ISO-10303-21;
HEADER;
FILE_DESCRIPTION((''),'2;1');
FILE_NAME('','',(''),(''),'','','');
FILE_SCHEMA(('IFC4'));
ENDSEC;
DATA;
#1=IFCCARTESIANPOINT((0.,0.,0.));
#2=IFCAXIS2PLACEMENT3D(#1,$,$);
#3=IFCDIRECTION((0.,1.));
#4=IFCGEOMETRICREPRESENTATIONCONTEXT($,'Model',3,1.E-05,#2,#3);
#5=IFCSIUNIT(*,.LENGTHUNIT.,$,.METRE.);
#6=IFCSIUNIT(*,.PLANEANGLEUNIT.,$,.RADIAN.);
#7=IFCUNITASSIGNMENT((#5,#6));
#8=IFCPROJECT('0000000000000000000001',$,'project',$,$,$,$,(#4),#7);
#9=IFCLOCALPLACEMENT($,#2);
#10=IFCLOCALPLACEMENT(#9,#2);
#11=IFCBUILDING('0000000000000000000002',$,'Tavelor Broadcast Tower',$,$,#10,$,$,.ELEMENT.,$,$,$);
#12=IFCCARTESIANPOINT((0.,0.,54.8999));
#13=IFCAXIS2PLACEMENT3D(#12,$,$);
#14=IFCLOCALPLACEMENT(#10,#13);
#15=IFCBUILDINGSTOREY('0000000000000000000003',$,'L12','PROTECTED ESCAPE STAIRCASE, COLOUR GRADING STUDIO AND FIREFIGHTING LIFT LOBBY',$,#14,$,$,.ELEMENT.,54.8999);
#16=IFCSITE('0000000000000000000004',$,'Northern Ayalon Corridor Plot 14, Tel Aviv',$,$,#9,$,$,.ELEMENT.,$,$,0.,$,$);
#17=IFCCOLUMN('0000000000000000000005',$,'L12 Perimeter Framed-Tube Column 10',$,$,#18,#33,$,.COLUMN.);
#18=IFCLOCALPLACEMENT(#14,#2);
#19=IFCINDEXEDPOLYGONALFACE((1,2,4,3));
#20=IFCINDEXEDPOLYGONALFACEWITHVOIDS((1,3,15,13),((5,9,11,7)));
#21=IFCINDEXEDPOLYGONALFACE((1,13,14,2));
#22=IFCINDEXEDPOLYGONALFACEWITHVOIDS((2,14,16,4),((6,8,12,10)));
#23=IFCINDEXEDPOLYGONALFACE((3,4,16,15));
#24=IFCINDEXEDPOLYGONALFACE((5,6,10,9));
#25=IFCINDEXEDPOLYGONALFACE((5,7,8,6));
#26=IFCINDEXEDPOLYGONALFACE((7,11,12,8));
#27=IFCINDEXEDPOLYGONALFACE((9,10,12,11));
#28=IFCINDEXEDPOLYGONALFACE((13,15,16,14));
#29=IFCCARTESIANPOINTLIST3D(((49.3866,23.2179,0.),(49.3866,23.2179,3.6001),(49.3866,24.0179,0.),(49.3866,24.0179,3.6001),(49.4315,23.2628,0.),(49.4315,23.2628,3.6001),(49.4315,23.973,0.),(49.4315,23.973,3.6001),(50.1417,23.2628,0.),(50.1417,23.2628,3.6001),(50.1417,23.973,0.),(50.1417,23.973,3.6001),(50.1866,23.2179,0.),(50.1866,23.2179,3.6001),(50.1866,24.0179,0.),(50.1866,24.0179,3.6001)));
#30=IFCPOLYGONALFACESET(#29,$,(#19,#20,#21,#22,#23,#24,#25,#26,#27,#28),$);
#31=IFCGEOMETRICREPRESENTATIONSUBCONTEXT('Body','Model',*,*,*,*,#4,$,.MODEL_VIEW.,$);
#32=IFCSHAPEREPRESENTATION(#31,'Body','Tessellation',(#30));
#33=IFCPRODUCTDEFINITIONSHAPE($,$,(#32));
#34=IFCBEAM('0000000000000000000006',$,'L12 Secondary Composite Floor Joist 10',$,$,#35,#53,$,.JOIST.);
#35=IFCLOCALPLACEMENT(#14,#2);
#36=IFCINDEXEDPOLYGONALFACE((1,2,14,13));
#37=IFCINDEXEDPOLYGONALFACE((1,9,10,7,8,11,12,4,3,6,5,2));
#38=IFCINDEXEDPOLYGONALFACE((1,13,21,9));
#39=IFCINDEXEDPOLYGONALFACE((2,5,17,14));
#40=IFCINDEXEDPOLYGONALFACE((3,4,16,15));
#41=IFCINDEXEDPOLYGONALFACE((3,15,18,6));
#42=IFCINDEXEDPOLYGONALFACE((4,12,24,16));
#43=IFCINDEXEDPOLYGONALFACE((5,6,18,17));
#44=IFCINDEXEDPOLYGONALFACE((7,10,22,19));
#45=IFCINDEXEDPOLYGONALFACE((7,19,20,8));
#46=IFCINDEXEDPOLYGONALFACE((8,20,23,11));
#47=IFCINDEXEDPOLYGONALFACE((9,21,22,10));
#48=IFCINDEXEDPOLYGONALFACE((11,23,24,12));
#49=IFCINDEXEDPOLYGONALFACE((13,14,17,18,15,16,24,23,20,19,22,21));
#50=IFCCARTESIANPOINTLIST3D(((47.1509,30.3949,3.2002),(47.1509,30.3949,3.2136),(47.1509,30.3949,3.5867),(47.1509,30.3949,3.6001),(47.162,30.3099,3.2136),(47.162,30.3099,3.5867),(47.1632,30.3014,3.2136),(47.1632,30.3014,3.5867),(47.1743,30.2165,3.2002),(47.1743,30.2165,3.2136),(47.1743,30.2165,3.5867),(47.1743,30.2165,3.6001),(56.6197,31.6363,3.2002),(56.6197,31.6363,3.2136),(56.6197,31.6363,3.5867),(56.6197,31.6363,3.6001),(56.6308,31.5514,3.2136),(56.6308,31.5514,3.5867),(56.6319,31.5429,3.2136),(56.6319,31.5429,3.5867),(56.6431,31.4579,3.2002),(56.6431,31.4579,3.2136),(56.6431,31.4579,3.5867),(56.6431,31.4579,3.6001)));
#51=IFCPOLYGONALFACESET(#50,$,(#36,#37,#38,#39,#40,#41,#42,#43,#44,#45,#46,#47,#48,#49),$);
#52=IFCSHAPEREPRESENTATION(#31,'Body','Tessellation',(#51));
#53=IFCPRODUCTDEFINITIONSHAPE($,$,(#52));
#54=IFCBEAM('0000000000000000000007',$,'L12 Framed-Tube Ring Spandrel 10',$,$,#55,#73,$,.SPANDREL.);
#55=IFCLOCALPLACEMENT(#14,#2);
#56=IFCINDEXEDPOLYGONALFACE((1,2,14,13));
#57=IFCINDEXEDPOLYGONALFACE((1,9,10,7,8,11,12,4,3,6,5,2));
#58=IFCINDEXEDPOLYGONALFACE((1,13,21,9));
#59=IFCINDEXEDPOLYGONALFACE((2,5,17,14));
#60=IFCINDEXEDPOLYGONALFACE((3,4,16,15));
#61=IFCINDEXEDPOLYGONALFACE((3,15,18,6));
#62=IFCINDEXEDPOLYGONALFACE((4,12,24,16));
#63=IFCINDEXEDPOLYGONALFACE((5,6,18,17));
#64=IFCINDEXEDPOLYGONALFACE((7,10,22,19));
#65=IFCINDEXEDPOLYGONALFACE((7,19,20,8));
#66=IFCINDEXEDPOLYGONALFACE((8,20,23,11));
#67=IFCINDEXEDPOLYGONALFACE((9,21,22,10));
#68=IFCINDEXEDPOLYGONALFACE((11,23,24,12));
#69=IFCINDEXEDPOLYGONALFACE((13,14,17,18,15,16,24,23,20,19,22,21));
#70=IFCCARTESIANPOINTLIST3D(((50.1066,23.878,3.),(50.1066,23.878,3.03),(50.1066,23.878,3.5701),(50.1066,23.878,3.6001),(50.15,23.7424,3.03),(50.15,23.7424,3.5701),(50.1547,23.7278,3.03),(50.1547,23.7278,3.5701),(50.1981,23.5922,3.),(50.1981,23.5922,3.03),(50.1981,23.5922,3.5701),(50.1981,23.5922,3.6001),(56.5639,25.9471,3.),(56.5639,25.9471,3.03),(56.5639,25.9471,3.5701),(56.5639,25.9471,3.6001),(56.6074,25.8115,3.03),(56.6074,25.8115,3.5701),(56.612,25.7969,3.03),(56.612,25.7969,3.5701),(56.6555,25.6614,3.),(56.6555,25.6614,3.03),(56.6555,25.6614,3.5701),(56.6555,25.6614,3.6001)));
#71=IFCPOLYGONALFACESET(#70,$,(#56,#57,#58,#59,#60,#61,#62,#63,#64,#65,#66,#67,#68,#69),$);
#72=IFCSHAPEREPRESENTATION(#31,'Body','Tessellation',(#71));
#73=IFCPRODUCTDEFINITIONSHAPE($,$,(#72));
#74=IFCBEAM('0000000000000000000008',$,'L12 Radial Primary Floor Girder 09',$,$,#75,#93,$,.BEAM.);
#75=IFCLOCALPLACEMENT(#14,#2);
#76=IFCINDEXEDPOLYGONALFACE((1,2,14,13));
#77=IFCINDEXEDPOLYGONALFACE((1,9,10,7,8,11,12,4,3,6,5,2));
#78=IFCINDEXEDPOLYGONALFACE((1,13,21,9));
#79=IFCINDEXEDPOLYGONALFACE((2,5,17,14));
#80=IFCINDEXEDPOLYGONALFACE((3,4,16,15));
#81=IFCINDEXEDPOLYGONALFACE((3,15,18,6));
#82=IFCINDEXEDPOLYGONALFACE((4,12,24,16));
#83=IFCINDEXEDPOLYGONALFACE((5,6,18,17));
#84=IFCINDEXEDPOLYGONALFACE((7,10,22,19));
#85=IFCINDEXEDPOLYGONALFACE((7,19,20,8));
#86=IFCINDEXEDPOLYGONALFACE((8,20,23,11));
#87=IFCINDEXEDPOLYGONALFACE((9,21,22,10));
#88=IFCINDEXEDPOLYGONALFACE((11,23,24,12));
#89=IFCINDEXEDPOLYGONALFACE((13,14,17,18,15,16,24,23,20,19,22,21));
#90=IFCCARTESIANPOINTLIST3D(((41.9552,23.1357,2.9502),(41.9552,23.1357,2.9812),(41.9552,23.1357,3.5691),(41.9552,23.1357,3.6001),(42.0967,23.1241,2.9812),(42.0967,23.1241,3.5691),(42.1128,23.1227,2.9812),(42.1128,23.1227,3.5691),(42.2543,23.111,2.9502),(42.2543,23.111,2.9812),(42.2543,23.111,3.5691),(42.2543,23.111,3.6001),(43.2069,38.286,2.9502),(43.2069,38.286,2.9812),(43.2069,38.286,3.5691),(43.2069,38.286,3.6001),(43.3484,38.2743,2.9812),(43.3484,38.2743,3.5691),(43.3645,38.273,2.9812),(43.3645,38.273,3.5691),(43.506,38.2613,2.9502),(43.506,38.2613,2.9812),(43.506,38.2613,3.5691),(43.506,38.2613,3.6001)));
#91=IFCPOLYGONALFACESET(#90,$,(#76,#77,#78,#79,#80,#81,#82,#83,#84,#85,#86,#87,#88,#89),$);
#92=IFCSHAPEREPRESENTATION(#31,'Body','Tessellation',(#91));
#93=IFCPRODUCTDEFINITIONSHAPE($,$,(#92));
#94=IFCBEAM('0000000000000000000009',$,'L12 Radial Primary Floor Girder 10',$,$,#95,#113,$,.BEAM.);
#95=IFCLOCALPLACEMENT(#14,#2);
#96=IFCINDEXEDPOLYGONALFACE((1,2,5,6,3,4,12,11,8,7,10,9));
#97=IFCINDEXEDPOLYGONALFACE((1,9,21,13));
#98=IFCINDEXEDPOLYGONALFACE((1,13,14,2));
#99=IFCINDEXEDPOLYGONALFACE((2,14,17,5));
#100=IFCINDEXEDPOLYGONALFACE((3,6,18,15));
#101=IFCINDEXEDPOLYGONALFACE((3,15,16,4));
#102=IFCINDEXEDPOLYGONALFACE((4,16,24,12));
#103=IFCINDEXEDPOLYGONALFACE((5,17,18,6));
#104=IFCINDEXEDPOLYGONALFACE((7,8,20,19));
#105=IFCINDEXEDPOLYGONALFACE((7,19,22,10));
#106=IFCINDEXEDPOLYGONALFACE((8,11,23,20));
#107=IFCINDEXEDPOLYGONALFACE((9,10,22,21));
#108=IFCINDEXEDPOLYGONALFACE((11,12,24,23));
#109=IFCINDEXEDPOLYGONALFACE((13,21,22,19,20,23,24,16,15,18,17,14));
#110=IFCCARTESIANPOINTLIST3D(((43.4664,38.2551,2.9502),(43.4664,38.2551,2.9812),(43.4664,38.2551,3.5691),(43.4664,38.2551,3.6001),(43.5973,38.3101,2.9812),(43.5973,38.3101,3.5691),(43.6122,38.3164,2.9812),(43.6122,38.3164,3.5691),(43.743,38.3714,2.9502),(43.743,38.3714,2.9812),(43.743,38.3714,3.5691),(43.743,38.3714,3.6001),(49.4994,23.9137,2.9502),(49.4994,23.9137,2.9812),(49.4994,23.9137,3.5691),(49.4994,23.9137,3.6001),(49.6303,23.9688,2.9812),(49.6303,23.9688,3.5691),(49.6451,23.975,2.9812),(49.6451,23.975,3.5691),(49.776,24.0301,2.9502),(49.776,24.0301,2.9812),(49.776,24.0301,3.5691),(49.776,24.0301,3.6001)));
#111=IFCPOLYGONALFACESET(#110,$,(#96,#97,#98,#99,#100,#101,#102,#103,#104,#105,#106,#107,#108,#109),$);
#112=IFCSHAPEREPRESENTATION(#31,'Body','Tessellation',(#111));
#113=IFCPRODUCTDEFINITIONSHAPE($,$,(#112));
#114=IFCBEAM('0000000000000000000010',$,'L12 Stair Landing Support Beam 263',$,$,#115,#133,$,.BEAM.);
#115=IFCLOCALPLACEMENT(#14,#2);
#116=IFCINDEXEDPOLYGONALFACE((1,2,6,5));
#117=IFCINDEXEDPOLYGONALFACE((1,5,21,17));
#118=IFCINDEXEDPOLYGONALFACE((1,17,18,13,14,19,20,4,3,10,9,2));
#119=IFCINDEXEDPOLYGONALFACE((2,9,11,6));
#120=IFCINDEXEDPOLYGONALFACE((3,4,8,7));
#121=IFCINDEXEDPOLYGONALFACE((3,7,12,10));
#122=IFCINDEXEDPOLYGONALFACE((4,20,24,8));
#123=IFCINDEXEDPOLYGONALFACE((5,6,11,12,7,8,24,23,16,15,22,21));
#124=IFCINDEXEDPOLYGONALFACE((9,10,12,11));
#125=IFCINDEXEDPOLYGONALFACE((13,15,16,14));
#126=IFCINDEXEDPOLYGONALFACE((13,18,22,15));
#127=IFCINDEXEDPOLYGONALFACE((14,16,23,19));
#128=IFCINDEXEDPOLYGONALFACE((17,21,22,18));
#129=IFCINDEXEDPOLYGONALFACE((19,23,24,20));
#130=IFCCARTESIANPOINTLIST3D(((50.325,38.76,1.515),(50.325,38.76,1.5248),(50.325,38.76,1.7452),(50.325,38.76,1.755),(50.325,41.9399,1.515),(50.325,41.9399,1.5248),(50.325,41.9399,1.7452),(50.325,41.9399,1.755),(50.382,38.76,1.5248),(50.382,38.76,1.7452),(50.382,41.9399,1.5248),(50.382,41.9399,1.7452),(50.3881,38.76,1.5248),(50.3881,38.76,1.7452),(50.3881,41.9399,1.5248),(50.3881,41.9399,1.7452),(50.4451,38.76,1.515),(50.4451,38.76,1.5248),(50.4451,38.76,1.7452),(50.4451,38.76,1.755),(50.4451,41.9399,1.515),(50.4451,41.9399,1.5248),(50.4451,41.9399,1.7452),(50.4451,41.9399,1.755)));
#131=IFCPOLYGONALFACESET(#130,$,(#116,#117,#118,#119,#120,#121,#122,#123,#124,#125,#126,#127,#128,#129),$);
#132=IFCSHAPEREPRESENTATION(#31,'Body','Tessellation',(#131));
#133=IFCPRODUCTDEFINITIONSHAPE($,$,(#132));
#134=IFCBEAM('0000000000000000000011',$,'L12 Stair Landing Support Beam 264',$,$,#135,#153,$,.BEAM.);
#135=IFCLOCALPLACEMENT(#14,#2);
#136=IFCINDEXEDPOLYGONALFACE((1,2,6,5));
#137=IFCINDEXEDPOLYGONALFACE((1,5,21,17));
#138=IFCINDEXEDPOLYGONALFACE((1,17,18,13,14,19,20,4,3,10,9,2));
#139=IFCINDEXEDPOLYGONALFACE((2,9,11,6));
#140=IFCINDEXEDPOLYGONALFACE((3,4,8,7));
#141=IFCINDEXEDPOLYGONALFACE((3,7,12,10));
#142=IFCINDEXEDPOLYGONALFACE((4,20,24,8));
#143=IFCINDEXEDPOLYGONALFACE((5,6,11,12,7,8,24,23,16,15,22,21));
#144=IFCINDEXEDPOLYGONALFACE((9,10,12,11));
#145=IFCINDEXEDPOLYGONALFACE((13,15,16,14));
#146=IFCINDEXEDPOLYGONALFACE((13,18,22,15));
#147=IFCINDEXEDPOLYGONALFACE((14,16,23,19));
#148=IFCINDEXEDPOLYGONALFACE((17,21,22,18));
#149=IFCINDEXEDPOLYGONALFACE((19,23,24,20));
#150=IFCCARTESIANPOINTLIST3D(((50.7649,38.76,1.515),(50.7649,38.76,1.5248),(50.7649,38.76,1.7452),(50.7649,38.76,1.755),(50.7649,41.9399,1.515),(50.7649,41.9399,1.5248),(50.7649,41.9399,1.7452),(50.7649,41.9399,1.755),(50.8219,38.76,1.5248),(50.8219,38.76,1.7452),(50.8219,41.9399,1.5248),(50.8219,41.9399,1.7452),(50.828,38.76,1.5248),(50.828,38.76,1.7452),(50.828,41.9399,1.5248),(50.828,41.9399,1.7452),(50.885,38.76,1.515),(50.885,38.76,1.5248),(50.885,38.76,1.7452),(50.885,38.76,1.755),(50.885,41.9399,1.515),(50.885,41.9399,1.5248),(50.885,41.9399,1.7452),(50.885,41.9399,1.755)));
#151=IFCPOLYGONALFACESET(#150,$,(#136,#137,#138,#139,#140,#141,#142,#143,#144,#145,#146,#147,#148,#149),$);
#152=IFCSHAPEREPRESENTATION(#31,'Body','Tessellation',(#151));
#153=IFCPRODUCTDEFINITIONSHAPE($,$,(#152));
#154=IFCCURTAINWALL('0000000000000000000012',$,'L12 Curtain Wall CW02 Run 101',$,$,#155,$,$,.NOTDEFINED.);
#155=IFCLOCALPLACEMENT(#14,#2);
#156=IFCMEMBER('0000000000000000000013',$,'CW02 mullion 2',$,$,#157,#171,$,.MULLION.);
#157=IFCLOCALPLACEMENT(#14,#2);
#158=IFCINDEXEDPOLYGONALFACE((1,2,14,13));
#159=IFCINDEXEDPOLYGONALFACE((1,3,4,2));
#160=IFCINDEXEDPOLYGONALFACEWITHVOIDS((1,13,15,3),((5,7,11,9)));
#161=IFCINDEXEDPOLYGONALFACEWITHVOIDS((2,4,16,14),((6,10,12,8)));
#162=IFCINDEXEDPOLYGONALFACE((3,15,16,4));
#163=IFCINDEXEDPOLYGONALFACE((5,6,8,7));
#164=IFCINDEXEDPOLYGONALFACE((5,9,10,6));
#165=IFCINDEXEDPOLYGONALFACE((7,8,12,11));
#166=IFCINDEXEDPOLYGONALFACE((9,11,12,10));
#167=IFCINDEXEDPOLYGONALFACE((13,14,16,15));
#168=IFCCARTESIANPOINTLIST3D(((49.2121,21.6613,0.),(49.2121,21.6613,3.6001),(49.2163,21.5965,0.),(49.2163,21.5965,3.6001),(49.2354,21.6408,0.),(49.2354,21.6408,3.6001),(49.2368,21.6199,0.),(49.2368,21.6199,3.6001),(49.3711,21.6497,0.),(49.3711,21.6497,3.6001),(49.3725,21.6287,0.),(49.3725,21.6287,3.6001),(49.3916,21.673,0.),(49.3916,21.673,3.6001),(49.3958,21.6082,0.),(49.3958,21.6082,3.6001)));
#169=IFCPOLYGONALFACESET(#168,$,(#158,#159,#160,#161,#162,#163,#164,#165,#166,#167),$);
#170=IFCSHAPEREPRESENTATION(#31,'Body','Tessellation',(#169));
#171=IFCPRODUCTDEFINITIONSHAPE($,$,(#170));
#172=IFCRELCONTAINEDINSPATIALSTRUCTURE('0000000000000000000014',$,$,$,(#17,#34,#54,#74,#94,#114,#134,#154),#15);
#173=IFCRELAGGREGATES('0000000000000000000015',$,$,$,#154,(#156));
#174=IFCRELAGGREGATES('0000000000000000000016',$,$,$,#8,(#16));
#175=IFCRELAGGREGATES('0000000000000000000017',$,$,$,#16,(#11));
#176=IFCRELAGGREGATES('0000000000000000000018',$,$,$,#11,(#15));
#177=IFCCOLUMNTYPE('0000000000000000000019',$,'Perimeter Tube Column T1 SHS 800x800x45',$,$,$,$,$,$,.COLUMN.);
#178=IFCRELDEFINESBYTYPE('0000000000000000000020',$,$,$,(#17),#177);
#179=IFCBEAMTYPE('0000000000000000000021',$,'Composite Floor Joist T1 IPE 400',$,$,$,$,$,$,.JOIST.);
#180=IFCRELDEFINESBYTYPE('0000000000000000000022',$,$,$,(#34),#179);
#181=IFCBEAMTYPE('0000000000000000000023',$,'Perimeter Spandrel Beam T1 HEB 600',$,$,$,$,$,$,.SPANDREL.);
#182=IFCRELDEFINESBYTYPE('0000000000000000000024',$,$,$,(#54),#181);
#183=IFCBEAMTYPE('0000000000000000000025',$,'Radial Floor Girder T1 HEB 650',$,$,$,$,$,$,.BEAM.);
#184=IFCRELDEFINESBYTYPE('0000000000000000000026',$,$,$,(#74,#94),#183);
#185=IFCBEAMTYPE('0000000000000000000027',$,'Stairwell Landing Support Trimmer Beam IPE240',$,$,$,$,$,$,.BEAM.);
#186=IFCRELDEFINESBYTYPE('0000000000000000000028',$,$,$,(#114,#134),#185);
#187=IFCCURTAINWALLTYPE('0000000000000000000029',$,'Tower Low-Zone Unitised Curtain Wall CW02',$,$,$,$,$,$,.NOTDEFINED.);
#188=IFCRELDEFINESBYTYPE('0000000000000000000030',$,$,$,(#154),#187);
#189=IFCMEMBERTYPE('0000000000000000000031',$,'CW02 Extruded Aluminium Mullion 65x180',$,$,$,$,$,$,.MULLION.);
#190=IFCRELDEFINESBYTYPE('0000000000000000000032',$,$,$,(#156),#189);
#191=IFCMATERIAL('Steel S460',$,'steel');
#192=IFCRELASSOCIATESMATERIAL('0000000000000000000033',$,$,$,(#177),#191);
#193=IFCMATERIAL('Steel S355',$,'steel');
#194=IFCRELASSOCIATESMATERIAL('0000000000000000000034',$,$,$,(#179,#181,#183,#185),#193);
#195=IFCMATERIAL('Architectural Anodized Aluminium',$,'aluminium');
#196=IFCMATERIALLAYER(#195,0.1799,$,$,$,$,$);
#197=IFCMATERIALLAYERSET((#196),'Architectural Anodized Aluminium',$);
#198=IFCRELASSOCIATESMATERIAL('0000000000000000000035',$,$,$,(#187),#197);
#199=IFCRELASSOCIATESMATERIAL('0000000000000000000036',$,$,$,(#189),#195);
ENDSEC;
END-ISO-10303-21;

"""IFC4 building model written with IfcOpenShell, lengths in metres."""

from ifc_helpers import new_model, si_unit, direction, frame, origin, origin_2d, place, context, subcontext, project, spatial, hollow_rectangle, i_section, extrude, source, transform, mapped, material, layer, layer_set, material_profile, profile_set, type_object, type_shapes, element, aggregate, save


model = new_model("IFC4")

# Units and contexts
model_context = context("Model", 3, precision=1e-05, world=origin(), true_north=direction((0.0, 1.0)))
body_context = subcontext(model_context, "Body", "Model", "MODEL_VIEW")
ifc_project = project(units=[si_unit("LENGTHUNIT", "METRE"), si_unit("PLANEANGLEUNIT", "RADIAN")], contexts=[model_context])

# Site, building, storey
site_placement = place(None, origin())
site = spatial("IfcSite", under=ifc_project, at=site_placement, Name="Northern Ayalon Corridor Plot 14, Tel Aviv", CompositionType="ELEMENT", RefElevation=0.0)
building_placement = place(site_placement, origin())
building = spatial("IfcBuilding", under=site, at=building_placement, Name="Tavelor Broadcast Tower", CompositionType="ELEMENT")
storey_placement = place(building_placement, frame((0.0, 0.0, 54.8999)))
storey = spatial("IfcBuildingStorey", under=building, at=storey_placement, Name="L12", Description="PROTECTED ESCAPE STAIRCASE, COLOUR GRADING STUDIO AND FIREFIGHTING LIFT LOBBY", CompositionType="ELEMENT", Elevation=54.8999)

# Column
ifc_material_1 = material(Name="Steel S460", Category="steel")
ifc_material_profile_1 = material_profile(ifc_material_1, hollow_rectangle(XDim=0.8, YDim=0.8, WallThickness=0.0449, at=origin_2d()), Name="SHS 800x800x45")
ifc_profile_set_1 = profile_set([ifc_material_profile_1], Name="Steel S460")
column_type = type_object("IfcColumnType", Name="Perimeter Tube Column T1 SHS 800x800x45", PredefinedType="COLUMN", material=ifc_profile_set_1)
column_placement = place(storey_placement, frame((49.7866, 23.6179, 0.0), z_axis=(0.0, 0.0, 1.0), x_axis=(1.0, 0.0, 0.0)))
element("IfcColumn", 1, at=column_placement, inside=storey, type_object=column_type, Name="L12 Perimeter Framed-Tube Column 10", PredefinedType="COLUMN", context=body_context, shape_type="SweptSolid", body=[
    extrude(hollow_rectangle(XDim=0.8, YDim=0.8, WallThickness=0.0449, at=origin_2d()), origin(), (0.0, 0.0, 1.0), 3.6001),
])

# Beams
ifc_material_2 = material(Name="Steel S355", Category="steel")
ifc_material_profile_2 = material_profile(ifc_material_2, i_section(OverallWidth=0.1799, OverallDepth=0.3999, WebThickness=0.0085, FlangeThickness=0.0134, at=origin_2d()), Name="IPE 400")
ifc_profile_set_2 = profile_set([ifc_material_profile_2], Name="Steel S355")
beam_type_1 = type_object("IfcBeamType", Name="Composite Floor Joist T1 IPE 400", PredefinedType="JOIST", material=ifc_profile_set_2)
beam_1_placement = place(storey_placement, frame((47.1626, 30.3057, 3.4001), z_axis=(0.991514, 0.129998, 0.0), x_axis=(-0.129998, 0.991514, 0.0)))
element("IfcBeam", 2, at=beam_1_placement, inside=storey, type_object=beam_type_1, Name="L12 Secondary Composite Floor Joist 10", PredefinedType="JOIST", context=body_context, shape_type="SweptSolid", body=[
    extrude(i_section(OverallWidth=0.1799, OverallDepth=0.3999, WebThickness=0.0085, FlangeThickness=0.0134, at=origin_2d()), origin(), (0.0, 0.0, 1.0), 9.5498),
])
ifc_material_profile_3 = material_profile(ifc_material_2, i_section(OverallWidth=0.3, OverallDepth=0.6001, WebThickness=0.0154, FlangeThickness=0.03, at=origin_2d()), Name="HEB 600")
ifc_profile_set_3 = profile_set([ifc_material_profile_3], Name="Steel S355")
beam_type_2 = type_object("IfcBeamType", Name="Perimeter Spandrel Beam T1 HEB 600", PredefinedType="SPANDREL", material=ifc_profile_set_3)
beam_2_placement = place(storey_placement, frame((50.1523, 23.7351, 3.3), z_axis=(0.952306, 0.305145, 0.0), x_axis=(-0.305145, 0.952306, 0.0)))
element("IfcBeam", 3, at=beam_2_placement, inside=storey, type_object=beam_type_2, Name="L12 Framed-Tube Ring Spandrel 10", PredefinedType="SPANDREL", context=body_context, shape_type="SweptSolid", body=[
    extrude(i_section(OverallWidth=0.3, OverallDepth=0.6001, WebThickness=0.0154, FlangeThickness=0.03, at=origin_2d()), origin(), (0.0, 0.0, 1.0), 6.7808),
])
ifc_material_profile_4 = material_profile(ifc_material_2, i_section(OverallWidth=0.3, OverallDepth=0.6499, WebThickness=0.0161, FlangeThickness=0.031, at=origin_2d()), Name="HEB 650")
ifc_profile_set_4 = profile_set([ifc_material_profile_4], Name="Steel S355")
beam_type_3 = type_object("IfcBeamType", Name="Radial Floor Girder T1 HEB 650", PredefinedType="BEAM", material=ifc_profile_set_4)
beam_3_placement = place(storey_placement, frame((43.3564, 38.2737, 3.2751), z_axis=(-0.082338, -0.996604, 0.0), x_axis=(0.996604, -0.082338, 0.0)))
element("IfcBeam", 4, at=beam_3_placement, inside=storey, type_object=beam_type_3, Name="L12 Radial Primary Floor Girder 09", PredefinedType="BEAM", context=body_context, shape_type="SweptSolid", body=[
    extrude(i_section(OverallWidth=0.3, OverallDepth=0.6499, WebThickness=0.0161, FlangeThickness=0.031, at=origin_2d()), origin(), (0.0, 0.0, 1.0), 15.2019),
])
beam_4_placement = place(storey_placement, frame((43.6047, 38.3132, 3.2751), z_axis=(0.387757, -0.921761, 0.0), x_axis=(0.921761, 0.387757, 0.0)))
element("IfcBeam", 5, at=beam_4_placement, inside=storey, type_object=beam_type_3, Name="L12 Radial Primary Floor Girder 10", PredefinedType="BEAM", context=body_context, shape_type="SweptSolid", body=[
    extrude(i_section(OverallWidth=0.3, OverallDepth=0.6499, WebThickness=0.0161, FlangeThickness=0.031, at=origin_2d()), origin(), (0.0, 0.0, 1.0), 15.5586),
])
ifc_material_profile_5 = material_profile(ifc_material_2, i_section(OverallWidth=0.1201, OverallDepth=0.24, WebThickness=0.0061, FlangeThickness=0.0098, at=origin_2d()), Name="IPE 240")
ifc_profile_set_5 = profile_set([ifc_material_profile_5], Name="Steel S355")
beam_type_4 = type_object("IfcBeamType", Name="Stairwell Landing Support Trimmer Beam IPE240", PredefinedType="BEAM", material=ifc_profile_set_5)
for number, where, z_axis, x_axis, name in (
    (6, (50.385, 38.76, 1.635), (0.0, 1.0, 0.0), (-1.0, 0.0, 0.0), "L12 Stair Landing Support Beam 263"),
    (7, (50.825, 38.76, 1.635), (0.0, 1.0, 0.0), (-1.0, 0.0, 0.0), "L12 Stair Landing Support Beam 264"),
):
    element("IfcBeam", number, at=place(storey_placement, frame(where, z_axis=z_axis, x_axis=x_axis)), inside=storey, type_object=beam_type_4, Name=name, PredefinedType="BEAM", context=body_context, shape_type="SweptSolid", body=[
        extrude(i_section(OverallWidth=0.1201, OverallDepth=0.24, WebThickness=0.0061, FlangeThickness=0.0098, at=origin_2d()), origin(), (0.0, 0.0, 1.0), 3.1799),
    ])

# Curtain wall, member
ifc_material_3 = material(Name="Architectural Anodized Aluminium", Category="aluminium")
ifc_layer_1 = layer(ifc_material_3, 0.1799)
ifc_layer_set_1 = layer_set([ifc_layer_1], Name="Architectural Anodized Aluminium")
curtain_wall_type = type_object("IfcCurtainWallType", Name="Tower Low-Zone Unitised Curtain Wall CW02", PredefinedType="NOTDEFINED", material=ifc_layer_set_1)
curtain_wall_1_placement = place(storey_placement, origin())
curtain_wall_1 = element("IfcCurtainWall", 8, at=curtain_wall_1_placement, inside=storey, type_object=curtain_wall_type, Name="L12 Curtain Wall CW02 Run 101", PredefinedType="NOTDEFINED")
ifc_material_profile_6 = material_profile(ifc_material_3, hollow_rectangle(XDim=0.0649, YDim=0.1799, WallThickness=0.022, at=origin_2d()), Name="RHS 65x180x22")
ifc_profile_set_6 = profile_set([ifc_material_profile_6], Name="Architectural Anodized Aluminium")
member_type_1 = type_object("IfcMemberType", Name="CW02 Extruded Aluminium Mullion 65x180", PredefinedType="MULLION", material=ifc_profile_set_6)
shared_shape_1 = source(origin(), body_context, "Body", "SweptSolid", [
    extrude(hollow_rectangle(XDim=0.0649, YDim=0.1799, WallThickness=0.022, at=origin_2d()), origin(), (0.0, 0.0, 1.0), 3.6001),
])
type_shapes(member_type_1, [shared_shape_1])
member_1_placement = place(storey_placement, frame((49.304, 21.6348, 0.0), z_axis=(0.0, 0.0, 1.0), x_axis=(-0.064965, 0.997888, 0.0)))
member_1 = element("IfcMember", 9, at=member_1_placement, type_object=member_type_1, Name="CW02 mullion 2", PredefinedType="MULLION", context=body_context, shape_type="MappedRepresentation", body=[
    mapped(shared_shape_1, transform((0.0, 0.0, 0.0), scale=1.0)),
])

aggregate(curtain_wall_1, [member_1])

save(model, "model.ifc")
